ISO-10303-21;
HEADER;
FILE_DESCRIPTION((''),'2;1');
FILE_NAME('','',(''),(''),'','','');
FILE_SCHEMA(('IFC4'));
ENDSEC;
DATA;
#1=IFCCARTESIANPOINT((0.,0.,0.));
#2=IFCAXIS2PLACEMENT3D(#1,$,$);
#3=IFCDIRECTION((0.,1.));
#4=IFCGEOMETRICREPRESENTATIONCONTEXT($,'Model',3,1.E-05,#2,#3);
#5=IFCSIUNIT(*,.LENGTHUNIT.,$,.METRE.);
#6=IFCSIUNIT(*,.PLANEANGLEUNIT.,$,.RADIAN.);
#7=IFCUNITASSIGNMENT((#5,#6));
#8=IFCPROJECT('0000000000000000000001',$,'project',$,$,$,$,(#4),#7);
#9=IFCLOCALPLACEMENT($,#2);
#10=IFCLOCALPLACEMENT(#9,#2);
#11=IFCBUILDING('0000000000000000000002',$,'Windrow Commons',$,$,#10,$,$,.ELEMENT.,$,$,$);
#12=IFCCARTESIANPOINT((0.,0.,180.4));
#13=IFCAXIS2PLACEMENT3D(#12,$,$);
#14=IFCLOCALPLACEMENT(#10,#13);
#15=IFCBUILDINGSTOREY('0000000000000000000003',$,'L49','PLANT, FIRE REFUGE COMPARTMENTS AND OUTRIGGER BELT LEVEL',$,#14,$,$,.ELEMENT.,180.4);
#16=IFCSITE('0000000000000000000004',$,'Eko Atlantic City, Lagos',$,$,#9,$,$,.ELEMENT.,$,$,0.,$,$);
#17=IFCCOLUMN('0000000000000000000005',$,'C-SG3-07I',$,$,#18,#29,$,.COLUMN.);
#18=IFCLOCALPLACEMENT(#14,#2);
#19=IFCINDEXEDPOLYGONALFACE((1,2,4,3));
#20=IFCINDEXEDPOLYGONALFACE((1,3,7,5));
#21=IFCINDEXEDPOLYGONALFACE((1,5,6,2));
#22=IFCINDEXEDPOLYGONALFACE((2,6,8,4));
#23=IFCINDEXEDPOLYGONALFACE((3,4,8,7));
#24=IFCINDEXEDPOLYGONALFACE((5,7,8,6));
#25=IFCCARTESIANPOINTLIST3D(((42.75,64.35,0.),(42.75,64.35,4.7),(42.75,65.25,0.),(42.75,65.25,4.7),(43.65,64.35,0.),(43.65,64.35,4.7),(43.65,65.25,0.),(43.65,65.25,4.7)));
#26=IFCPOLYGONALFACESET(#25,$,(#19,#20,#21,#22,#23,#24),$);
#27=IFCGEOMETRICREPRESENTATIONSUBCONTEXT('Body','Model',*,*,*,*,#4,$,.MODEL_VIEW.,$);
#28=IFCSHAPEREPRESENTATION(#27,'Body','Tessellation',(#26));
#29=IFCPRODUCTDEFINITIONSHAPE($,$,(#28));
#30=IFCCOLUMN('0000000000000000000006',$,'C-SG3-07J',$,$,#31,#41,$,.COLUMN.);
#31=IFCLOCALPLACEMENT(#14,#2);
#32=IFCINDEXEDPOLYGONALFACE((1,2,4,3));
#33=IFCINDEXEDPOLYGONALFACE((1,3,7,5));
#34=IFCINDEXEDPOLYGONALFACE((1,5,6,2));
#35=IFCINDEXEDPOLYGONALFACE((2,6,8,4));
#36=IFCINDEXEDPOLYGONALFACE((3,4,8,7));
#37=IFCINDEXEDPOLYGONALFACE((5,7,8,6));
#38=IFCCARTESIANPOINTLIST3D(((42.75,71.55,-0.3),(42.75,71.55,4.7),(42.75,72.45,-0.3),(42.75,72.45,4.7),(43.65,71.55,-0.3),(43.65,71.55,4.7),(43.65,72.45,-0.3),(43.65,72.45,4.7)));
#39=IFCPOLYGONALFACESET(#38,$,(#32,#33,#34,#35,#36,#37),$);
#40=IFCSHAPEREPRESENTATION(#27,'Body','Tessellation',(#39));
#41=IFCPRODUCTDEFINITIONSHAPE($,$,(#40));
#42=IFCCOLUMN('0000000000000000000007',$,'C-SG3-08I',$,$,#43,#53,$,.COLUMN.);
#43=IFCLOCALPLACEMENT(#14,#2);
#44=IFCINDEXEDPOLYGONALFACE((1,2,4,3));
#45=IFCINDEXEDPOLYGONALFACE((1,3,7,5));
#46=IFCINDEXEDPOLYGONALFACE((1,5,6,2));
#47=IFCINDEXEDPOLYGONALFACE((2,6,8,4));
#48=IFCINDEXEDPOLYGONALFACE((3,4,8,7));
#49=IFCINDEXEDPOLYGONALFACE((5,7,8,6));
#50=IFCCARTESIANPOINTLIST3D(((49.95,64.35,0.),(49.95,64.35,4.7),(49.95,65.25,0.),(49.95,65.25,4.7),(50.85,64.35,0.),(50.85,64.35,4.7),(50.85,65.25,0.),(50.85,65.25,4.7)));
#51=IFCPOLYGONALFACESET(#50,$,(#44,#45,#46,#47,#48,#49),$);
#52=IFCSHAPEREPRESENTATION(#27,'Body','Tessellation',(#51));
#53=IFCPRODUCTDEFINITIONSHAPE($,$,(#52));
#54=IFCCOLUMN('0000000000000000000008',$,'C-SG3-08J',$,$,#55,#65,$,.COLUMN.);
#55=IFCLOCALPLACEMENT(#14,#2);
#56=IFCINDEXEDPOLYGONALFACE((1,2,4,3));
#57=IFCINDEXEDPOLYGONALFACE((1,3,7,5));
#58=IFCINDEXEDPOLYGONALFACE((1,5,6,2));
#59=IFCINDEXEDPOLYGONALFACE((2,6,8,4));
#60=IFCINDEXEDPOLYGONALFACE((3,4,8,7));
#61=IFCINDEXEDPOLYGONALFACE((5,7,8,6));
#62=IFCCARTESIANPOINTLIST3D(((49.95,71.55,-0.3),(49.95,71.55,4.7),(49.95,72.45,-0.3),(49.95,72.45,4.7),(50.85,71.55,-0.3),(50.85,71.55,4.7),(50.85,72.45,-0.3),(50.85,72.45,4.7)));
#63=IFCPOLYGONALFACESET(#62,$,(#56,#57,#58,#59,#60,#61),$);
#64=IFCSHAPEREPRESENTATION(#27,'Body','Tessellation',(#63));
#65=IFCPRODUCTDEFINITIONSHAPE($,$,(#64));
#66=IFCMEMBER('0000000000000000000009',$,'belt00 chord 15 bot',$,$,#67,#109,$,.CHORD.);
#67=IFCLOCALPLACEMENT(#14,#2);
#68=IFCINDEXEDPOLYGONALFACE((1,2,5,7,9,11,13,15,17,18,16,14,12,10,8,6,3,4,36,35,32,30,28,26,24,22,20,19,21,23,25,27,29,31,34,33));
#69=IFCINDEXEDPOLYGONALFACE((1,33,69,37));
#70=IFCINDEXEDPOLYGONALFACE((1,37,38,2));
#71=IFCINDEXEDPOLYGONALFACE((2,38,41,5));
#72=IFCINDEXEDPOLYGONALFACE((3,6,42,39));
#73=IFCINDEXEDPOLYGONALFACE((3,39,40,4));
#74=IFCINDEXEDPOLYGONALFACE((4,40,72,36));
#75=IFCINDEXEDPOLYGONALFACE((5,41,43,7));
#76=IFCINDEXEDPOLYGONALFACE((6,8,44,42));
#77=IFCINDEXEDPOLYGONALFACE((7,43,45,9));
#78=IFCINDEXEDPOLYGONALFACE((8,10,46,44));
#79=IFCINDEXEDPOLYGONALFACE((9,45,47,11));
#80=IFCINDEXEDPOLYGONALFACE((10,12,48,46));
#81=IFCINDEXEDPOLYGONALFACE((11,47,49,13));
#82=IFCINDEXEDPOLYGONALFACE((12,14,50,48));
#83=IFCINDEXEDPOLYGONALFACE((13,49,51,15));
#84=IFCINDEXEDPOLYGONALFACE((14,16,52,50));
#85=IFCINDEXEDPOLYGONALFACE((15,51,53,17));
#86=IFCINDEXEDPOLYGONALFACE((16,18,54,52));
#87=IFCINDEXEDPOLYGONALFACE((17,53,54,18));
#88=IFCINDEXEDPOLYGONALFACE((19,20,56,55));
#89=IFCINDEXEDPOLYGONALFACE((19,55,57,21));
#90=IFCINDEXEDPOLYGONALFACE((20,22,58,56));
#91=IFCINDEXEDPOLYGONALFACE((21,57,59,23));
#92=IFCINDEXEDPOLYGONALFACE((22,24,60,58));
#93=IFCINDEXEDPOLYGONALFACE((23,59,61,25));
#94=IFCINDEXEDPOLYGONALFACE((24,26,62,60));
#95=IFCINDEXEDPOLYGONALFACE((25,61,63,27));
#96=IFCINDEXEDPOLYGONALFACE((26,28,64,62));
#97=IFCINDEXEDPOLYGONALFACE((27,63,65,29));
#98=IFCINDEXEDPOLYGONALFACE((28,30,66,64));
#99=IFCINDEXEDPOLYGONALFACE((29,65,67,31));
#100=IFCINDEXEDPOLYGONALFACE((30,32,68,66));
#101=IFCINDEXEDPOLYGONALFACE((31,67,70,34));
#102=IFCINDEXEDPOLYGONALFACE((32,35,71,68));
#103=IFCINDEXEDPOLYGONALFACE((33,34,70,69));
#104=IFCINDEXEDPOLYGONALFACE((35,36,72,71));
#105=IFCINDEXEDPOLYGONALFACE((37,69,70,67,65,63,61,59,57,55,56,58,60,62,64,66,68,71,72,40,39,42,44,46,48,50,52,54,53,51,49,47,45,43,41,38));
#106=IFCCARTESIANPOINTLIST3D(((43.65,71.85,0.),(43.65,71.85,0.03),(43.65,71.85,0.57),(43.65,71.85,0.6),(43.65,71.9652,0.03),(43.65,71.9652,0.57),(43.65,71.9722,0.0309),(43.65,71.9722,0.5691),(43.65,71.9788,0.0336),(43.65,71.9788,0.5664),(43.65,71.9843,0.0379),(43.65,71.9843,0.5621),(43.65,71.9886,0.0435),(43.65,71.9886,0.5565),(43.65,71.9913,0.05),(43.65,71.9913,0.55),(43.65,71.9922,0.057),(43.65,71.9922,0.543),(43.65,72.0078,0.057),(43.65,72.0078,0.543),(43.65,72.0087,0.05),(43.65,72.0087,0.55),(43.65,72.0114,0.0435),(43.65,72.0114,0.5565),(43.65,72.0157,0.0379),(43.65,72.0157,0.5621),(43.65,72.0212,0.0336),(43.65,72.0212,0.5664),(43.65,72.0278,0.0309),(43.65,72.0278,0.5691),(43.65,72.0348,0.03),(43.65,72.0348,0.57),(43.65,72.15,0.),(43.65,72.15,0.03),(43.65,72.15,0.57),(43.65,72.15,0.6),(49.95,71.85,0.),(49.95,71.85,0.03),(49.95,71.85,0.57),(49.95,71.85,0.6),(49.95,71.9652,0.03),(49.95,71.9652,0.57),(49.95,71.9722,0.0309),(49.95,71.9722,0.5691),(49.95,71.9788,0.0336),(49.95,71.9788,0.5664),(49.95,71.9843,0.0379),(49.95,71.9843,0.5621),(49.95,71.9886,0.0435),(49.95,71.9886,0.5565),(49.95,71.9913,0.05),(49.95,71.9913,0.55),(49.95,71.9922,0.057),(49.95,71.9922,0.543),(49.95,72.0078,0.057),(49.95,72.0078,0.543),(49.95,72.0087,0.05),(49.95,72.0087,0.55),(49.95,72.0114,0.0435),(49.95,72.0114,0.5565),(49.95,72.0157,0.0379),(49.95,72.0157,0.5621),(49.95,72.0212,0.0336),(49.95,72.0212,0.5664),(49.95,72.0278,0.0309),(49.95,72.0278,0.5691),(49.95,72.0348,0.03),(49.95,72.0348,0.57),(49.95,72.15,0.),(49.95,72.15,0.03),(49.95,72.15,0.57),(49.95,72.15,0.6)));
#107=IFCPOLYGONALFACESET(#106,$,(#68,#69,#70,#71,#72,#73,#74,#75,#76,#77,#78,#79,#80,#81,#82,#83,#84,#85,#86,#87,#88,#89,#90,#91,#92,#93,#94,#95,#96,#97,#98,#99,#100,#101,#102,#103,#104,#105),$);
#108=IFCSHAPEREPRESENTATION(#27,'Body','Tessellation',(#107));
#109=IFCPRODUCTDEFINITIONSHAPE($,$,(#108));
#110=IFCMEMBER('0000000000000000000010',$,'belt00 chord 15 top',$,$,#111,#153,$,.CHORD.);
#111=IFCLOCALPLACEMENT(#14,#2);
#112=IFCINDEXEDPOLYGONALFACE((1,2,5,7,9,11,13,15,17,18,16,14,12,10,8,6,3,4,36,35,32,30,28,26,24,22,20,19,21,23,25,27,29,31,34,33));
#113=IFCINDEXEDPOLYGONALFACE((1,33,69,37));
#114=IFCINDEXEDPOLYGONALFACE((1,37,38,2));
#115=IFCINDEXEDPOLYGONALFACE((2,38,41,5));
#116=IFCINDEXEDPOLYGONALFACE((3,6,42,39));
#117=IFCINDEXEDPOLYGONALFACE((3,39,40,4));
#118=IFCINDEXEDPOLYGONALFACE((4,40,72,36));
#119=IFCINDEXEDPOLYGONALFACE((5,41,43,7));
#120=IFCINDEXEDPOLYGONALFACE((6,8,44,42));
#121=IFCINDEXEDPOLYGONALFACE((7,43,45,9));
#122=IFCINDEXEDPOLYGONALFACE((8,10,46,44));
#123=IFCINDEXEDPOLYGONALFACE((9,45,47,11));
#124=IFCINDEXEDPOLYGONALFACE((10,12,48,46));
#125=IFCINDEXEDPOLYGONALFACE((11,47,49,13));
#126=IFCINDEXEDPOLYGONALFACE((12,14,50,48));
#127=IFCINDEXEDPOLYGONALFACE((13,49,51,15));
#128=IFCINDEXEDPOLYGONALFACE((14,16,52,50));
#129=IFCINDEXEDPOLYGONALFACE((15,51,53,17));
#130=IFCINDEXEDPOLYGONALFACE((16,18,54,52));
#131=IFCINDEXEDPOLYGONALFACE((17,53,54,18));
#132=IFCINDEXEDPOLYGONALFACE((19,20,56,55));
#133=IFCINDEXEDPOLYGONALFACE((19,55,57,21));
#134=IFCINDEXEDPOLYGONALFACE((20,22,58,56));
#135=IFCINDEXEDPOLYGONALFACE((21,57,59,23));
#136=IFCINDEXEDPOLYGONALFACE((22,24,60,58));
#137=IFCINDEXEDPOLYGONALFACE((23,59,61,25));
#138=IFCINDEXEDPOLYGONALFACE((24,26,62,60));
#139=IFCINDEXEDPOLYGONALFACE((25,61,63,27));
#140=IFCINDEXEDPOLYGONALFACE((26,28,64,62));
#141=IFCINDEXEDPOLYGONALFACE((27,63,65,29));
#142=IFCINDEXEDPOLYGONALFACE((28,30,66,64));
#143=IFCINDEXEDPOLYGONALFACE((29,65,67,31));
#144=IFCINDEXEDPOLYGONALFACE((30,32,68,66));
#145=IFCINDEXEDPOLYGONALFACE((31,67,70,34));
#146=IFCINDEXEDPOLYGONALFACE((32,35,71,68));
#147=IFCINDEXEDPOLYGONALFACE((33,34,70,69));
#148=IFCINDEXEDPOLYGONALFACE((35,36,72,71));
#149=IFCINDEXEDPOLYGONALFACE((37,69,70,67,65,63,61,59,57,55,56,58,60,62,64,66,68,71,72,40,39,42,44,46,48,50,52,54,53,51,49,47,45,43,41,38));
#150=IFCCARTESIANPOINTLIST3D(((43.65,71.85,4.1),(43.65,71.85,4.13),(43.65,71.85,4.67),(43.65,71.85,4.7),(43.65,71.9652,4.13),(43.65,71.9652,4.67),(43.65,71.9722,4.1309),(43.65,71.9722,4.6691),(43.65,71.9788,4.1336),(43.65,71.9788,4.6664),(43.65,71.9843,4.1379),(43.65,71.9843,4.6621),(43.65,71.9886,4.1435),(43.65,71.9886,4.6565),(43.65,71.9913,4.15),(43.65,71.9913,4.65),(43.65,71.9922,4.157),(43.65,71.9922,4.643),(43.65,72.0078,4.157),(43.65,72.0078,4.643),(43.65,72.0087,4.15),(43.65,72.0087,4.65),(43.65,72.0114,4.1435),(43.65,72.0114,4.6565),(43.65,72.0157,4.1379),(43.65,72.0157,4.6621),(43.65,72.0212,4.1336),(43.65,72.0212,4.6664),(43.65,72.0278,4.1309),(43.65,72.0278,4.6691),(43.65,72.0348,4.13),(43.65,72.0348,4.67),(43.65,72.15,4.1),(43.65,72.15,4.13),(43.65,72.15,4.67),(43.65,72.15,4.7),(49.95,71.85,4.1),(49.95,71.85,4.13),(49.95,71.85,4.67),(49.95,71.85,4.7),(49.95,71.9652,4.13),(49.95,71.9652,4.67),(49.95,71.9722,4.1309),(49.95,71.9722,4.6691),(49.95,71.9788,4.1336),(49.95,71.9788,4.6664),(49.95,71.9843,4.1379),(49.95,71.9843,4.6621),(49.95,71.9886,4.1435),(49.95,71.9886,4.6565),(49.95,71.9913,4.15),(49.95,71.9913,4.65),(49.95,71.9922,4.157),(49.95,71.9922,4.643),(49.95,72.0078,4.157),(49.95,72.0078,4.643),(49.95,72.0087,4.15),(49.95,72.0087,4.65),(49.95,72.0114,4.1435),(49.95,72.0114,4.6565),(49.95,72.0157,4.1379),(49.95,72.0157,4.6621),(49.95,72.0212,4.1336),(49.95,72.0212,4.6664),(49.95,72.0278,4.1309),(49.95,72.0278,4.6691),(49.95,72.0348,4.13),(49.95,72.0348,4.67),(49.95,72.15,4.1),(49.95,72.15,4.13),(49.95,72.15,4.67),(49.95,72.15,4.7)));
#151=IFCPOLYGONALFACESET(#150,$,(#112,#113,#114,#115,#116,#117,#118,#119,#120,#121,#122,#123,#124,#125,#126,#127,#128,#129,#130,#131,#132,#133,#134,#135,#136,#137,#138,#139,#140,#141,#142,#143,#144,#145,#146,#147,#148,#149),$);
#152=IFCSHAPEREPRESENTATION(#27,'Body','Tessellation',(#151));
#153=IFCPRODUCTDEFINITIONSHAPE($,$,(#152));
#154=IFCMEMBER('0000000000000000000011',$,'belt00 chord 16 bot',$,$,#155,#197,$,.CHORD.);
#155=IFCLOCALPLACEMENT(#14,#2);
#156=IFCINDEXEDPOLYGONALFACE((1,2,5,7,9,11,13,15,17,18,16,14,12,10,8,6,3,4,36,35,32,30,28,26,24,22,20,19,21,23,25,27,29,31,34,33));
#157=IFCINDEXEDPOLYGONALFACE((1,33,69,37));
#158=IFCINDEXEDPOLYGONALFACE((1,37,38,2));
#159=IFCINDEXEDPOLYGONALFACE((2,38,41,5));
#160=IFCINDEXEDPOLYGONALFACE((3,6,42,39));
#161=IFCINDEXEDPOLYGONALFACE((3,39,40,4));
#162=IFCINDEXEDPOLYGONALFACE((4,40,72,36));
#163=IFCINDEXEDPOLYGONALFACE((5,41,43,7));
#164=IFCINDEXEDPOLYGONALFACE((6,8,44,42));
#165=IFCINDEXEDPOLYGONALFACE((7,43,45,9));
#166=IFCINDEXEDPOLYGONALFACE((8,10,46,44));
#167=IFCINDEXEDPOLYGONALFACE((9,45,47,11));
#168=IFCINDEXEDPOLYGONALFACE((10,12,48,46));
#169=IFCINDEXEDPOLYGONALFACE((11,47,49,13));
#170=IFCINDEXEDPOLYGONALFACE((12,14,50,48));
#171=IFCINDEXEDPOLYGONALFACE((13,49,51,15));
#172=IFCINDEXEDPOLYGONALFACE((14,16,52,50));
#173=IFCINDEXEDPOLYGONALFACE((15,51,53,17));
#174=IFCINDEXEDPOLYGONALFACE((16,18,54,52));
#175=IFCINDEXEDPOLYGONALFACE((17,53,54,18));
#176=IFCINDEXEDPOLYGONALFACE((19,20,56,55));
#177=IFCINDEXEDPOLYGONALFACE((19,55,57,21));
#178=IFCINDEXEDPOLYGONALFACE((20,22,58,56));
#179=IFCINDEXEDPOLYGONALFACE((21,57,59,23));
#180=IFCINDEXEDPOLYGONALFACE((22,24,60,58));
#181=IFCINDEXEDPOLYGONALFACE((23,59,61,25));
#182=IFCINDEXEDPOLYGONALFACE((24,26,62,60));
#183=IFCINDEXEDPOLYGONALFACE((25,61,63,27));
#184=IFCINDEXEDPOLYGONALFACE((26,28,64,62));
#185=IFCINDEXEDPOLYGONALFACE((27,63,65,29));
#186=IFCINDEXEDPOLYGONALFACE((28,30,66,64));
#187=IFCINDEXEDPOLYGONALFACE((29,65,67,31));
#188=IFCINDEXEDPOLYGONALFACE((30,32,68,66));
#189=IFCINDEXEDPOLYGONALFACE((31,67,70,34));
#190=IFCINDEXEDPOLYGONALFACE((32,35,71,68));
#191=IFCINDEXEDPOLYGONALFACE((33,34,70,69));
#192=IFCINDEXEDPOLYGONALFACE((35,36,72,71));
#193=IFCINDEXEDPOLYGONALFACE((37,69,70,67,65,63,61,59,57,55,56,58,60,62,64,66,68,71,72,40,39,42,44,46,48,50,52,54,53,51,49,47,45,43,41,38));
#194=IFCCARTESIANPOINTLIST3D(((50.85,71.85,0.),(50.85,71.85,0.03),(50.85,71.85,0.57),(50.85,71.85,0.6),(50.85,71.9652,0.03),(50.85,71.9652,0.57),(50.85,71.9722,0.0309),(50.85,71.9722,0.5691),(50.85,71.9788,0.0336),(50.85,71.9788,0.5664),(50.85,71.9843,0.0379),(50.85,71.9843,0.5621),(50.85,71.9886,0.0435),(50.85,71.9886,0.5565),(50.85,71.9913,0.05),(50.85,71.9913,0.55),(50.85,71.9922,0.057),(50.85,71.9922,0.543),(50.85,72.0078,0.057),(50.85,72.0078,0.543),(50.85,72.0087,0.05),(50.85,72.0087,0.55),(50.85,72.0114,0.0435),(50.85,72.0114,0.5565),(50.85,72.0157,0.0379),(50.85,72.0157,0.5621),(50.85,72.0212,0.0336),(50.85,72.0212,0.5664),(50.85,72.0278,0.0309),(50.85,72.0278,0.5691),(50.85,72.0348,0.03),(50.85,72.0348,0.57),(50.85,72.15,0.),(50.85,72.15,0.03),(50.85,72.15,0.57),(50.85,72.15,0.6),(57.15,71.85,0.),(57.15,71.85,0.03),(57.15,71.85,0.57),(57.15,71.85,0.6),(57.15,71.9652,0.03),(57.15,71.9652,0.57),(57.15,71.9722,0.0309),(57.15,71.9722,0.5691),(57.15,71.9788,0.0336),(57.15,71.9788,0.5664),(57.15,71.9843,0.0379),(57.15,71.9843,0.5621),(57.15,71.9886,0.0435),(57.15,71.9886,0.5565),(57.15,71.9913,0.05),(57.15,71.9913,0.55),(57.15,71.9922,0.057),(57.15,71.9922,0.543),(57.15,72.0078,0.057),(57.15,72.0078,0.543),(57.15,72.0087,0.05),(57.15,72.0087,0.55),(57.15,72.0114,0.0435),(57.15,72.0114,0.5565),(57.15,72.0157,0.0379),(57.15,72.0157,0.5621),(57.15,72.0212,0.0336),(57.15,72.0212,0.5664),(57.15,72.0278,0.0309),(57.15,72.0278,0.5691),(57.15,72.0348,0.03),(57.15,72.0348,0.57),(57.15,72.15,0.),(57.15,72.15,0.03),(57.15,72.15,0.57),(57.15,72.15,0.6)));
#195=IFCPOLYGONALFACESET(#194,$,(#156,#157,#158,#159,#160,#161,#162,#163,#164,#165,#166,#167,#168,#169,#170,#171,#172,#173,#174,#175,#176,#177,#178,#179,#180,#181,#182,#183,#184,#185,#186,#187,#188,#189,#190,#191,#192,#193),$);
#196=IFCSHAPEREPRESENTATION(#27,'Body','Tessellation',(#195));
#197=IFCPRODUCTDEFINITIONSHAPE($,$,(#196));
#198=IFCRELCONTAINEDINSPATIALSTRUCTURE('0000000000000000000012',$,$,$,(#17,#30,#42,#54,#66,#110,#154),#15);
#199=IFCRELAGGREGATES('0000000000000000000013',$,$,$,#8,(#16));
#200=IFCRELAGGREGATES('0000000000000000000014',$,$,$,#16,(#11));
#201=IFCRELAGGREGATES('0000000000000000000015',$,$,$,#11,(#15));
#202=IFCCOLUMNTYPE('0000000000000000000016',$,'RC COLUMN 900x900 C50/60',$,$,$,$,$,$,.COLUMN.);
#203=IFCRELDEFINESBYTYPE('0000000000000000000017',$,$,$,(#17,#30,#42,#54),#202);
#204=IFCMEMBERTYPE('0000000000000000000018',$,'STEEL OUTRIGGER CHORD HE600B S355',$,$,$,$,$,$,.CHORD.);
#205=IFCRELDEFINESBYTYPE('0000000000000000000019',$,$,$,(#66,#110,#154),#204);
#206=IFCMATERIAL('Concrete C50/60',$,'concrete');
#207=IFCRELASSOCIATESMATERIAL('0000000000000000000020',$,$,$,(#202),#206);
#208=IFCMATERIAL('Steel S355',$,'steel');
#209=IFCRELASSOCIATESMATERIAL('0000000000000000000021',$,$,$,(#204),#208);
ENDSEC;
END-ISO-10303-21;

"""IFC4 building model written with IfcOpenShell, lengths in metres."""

from ifc_helpers import new_model, si_unit, direction, frame, origin, origin_2d, place, context, subcontext, project, spatial, rectangle, i_section, extrude, material, material_profile, profile_set, type_object, element, save


model = new_model("IFC4")

# Units and contexts
model_context = context("Model", 3, precision=1e-05, world=origin(), true_north=direction((0.0, 1.0)))
body_context = subcontext(model_context, "Body", "Model", "MODEL_VIEW")
ifc_project = project(units=[si_unit("LENGTHUNIT", "METRE"), si_unit("PLANEANGLEUNIT", "RADIAN")], contexts=[model_context])

# Site, building, storey
site_placement = place(None, origin())
site = spatial("IfcSite", under=ifc_project, at=site_placement, Name="Eko Atlantic City, Lagos", CompositionType="ELEMENT", RefElevation=0.0)
building_placement = place(site_placement, origin())
building = spatial("IfcBuilding", under=site, at=building_placement, Name="Windrow Commons", CompositionType="ELEMENT")
storey_placement = place(building_placement, frame((0.0, 0.0, 180.4)))
storey = spatial("IfcBuildingStorey", under=building, at=storey_placement, Name="L49", Description="PLANT, FIRE REFUGE COMPARTMENTS AND OUTRIGGER BELT LEVEL", CompositionType="ELEMENT", Elevation=180.4)

# Columns
ifc_material_1 = material(Name="Concrete C50/60", Category="concrete")
ifc_material_profile_1 = material_profile(ifc_material_1, rectangle(XDim=0.9, YDim=0.9, at=origin_2d()))
ifc_profile_set_1 = profile_set([ifc_material_profile_1], Name="Concrete C50/60")
column_type = type_object("IfcColumnType", Name="RC COLUMN 900x900 C50/60", PredefinedType="COLUMN", material=ifc_profile_set_1)
column_1_placement = place(storey_placement, frame((43.2, 64.8, 0.0), z_axis=(0.0, 0.0, 1.0), x_axis=(1.0, 0.0, 0.0)))
element("IfcColumn", 1, at=column_1_placement, inside=storey, type_object=column_type, Name="C-SG3-07I", PredefinedType="COLUMN", context=body_context, shape_type="SweptSolid", body=[
    extrude(rectangle(XDim=0.9, YDim=0.9, at=origin_2d()), origin(), (0.0, 0.0, 1.0), 4.7),
])
column_2_placement = place(storey_placement, frame((43.2, 72.0, -0.3), z_axis=(0.0, 0.0, 1.0), x_axis=(1.0, 0.0, 0.0)))
element("IfcColumn", 2, at=column_2_placement, inside=storey, type_object=column_type, Name="C-SG3-07J", PredefinedType="COLUMN", context=body_context, shape_type="SweptSolid", body=[
    extrude(rectangle(XDim=0.9, YDim=0.9, at=origin_2d()), origin(), (0.0, 0.0, 1.0), 5.0),
])
column_3_placement = place(storey_placement, frame((50.4, 64.8, 0.0), z_axis=(0.0, 0.0, 1.0), x_axis=(1.0, 0.0, 0.0)))
element("IfcColumn", 3, at=column_3_placement, inside=storey, type_object=column_type, Name="C-SG3-08I", PredefinedType="COLUMN", context=body_context, shape_type="SweptSolid", body=[
    extrude(rectangle(XDim=0.9, YDim=0.9, at=origin_2d()), origin(), (0.0, 0.0, 1.0), 4.7),
])
column_4_placement = place(storey_placement, frame((50.4, 72.0, -0.3), z_axis=(0.0, 0.0, 1.0), x_axis=(1.0, 0.0, 0.0)))
element("IfcColumn", 4, at=column_4_placement, inside=storey, type_object=column_type, Name="C-SG3-08J", PredefinedType="COLUMN", context=body_context, shape_type="SweptSolid", body=[
    extrude(rectangle(XDim=0.9, YDim=0.9, at=origin_2d()), origin(), (0.0, 0.0, 1.0), 5.0),
])

# Members
ifc_material_2 = material(Name="Steel S355", Category="steel")
ifc_material_profile_2 = material_profile(ifc_material_2, i_section(OverallWidth=0.3, OverallDepth=0.6, WebThickness=0.0155, FlangeThickness=0.03, FilletRadius=0.027, at=origin_2d()))
ifc_profile_set_2 = profile_set([ifc_material_profile_2], Name="Steel S355")
member_type_1 = type_object("IfcMemberType", Name="STEEL OUTRIGGER CHORD HE600B S355", PredefinedType="CHORD", material=ifc_profile_set_2)
for number, where, z_axis, x_axis, name in (
    (5, (43.65, 72.0, 0.3), (1.0, 0.0, 0.0), (0.0, 1.0, 0.0), "belt00 chord 15 bot"),
    (6, (43.65, 72.0, 4.4), (1.0, 0.0, 0.0), (0.0, 1.0, 0.0), "belt00 chord 15 top"),
    (7, (50.85, 72.0, 0.3), (1.0, 0.0, 0.0), (0.0, 1.0, 0.0), "belt00 chord 16 bot"),
):
    element("IfcMember", number, at=place(storey_placement, frame(where, z_axis=z_axis, x_axis=x_axis)), inside=storey, type_object=member_type_1, Name=name, PredefinedType="CHORD", context=body_context, shape_type="SweptSolid", body=[
        extrude(i_section(OverallWidth=0.3, OverallDepth=0.6, WebThickness=0.0155, FlangeThickness=0.03, FilletRadius=0.027, at=origin_2d()), origin(), (0.0, 0.0, 1.0), 6.3),
    ])

save(model, "model.ifc")
